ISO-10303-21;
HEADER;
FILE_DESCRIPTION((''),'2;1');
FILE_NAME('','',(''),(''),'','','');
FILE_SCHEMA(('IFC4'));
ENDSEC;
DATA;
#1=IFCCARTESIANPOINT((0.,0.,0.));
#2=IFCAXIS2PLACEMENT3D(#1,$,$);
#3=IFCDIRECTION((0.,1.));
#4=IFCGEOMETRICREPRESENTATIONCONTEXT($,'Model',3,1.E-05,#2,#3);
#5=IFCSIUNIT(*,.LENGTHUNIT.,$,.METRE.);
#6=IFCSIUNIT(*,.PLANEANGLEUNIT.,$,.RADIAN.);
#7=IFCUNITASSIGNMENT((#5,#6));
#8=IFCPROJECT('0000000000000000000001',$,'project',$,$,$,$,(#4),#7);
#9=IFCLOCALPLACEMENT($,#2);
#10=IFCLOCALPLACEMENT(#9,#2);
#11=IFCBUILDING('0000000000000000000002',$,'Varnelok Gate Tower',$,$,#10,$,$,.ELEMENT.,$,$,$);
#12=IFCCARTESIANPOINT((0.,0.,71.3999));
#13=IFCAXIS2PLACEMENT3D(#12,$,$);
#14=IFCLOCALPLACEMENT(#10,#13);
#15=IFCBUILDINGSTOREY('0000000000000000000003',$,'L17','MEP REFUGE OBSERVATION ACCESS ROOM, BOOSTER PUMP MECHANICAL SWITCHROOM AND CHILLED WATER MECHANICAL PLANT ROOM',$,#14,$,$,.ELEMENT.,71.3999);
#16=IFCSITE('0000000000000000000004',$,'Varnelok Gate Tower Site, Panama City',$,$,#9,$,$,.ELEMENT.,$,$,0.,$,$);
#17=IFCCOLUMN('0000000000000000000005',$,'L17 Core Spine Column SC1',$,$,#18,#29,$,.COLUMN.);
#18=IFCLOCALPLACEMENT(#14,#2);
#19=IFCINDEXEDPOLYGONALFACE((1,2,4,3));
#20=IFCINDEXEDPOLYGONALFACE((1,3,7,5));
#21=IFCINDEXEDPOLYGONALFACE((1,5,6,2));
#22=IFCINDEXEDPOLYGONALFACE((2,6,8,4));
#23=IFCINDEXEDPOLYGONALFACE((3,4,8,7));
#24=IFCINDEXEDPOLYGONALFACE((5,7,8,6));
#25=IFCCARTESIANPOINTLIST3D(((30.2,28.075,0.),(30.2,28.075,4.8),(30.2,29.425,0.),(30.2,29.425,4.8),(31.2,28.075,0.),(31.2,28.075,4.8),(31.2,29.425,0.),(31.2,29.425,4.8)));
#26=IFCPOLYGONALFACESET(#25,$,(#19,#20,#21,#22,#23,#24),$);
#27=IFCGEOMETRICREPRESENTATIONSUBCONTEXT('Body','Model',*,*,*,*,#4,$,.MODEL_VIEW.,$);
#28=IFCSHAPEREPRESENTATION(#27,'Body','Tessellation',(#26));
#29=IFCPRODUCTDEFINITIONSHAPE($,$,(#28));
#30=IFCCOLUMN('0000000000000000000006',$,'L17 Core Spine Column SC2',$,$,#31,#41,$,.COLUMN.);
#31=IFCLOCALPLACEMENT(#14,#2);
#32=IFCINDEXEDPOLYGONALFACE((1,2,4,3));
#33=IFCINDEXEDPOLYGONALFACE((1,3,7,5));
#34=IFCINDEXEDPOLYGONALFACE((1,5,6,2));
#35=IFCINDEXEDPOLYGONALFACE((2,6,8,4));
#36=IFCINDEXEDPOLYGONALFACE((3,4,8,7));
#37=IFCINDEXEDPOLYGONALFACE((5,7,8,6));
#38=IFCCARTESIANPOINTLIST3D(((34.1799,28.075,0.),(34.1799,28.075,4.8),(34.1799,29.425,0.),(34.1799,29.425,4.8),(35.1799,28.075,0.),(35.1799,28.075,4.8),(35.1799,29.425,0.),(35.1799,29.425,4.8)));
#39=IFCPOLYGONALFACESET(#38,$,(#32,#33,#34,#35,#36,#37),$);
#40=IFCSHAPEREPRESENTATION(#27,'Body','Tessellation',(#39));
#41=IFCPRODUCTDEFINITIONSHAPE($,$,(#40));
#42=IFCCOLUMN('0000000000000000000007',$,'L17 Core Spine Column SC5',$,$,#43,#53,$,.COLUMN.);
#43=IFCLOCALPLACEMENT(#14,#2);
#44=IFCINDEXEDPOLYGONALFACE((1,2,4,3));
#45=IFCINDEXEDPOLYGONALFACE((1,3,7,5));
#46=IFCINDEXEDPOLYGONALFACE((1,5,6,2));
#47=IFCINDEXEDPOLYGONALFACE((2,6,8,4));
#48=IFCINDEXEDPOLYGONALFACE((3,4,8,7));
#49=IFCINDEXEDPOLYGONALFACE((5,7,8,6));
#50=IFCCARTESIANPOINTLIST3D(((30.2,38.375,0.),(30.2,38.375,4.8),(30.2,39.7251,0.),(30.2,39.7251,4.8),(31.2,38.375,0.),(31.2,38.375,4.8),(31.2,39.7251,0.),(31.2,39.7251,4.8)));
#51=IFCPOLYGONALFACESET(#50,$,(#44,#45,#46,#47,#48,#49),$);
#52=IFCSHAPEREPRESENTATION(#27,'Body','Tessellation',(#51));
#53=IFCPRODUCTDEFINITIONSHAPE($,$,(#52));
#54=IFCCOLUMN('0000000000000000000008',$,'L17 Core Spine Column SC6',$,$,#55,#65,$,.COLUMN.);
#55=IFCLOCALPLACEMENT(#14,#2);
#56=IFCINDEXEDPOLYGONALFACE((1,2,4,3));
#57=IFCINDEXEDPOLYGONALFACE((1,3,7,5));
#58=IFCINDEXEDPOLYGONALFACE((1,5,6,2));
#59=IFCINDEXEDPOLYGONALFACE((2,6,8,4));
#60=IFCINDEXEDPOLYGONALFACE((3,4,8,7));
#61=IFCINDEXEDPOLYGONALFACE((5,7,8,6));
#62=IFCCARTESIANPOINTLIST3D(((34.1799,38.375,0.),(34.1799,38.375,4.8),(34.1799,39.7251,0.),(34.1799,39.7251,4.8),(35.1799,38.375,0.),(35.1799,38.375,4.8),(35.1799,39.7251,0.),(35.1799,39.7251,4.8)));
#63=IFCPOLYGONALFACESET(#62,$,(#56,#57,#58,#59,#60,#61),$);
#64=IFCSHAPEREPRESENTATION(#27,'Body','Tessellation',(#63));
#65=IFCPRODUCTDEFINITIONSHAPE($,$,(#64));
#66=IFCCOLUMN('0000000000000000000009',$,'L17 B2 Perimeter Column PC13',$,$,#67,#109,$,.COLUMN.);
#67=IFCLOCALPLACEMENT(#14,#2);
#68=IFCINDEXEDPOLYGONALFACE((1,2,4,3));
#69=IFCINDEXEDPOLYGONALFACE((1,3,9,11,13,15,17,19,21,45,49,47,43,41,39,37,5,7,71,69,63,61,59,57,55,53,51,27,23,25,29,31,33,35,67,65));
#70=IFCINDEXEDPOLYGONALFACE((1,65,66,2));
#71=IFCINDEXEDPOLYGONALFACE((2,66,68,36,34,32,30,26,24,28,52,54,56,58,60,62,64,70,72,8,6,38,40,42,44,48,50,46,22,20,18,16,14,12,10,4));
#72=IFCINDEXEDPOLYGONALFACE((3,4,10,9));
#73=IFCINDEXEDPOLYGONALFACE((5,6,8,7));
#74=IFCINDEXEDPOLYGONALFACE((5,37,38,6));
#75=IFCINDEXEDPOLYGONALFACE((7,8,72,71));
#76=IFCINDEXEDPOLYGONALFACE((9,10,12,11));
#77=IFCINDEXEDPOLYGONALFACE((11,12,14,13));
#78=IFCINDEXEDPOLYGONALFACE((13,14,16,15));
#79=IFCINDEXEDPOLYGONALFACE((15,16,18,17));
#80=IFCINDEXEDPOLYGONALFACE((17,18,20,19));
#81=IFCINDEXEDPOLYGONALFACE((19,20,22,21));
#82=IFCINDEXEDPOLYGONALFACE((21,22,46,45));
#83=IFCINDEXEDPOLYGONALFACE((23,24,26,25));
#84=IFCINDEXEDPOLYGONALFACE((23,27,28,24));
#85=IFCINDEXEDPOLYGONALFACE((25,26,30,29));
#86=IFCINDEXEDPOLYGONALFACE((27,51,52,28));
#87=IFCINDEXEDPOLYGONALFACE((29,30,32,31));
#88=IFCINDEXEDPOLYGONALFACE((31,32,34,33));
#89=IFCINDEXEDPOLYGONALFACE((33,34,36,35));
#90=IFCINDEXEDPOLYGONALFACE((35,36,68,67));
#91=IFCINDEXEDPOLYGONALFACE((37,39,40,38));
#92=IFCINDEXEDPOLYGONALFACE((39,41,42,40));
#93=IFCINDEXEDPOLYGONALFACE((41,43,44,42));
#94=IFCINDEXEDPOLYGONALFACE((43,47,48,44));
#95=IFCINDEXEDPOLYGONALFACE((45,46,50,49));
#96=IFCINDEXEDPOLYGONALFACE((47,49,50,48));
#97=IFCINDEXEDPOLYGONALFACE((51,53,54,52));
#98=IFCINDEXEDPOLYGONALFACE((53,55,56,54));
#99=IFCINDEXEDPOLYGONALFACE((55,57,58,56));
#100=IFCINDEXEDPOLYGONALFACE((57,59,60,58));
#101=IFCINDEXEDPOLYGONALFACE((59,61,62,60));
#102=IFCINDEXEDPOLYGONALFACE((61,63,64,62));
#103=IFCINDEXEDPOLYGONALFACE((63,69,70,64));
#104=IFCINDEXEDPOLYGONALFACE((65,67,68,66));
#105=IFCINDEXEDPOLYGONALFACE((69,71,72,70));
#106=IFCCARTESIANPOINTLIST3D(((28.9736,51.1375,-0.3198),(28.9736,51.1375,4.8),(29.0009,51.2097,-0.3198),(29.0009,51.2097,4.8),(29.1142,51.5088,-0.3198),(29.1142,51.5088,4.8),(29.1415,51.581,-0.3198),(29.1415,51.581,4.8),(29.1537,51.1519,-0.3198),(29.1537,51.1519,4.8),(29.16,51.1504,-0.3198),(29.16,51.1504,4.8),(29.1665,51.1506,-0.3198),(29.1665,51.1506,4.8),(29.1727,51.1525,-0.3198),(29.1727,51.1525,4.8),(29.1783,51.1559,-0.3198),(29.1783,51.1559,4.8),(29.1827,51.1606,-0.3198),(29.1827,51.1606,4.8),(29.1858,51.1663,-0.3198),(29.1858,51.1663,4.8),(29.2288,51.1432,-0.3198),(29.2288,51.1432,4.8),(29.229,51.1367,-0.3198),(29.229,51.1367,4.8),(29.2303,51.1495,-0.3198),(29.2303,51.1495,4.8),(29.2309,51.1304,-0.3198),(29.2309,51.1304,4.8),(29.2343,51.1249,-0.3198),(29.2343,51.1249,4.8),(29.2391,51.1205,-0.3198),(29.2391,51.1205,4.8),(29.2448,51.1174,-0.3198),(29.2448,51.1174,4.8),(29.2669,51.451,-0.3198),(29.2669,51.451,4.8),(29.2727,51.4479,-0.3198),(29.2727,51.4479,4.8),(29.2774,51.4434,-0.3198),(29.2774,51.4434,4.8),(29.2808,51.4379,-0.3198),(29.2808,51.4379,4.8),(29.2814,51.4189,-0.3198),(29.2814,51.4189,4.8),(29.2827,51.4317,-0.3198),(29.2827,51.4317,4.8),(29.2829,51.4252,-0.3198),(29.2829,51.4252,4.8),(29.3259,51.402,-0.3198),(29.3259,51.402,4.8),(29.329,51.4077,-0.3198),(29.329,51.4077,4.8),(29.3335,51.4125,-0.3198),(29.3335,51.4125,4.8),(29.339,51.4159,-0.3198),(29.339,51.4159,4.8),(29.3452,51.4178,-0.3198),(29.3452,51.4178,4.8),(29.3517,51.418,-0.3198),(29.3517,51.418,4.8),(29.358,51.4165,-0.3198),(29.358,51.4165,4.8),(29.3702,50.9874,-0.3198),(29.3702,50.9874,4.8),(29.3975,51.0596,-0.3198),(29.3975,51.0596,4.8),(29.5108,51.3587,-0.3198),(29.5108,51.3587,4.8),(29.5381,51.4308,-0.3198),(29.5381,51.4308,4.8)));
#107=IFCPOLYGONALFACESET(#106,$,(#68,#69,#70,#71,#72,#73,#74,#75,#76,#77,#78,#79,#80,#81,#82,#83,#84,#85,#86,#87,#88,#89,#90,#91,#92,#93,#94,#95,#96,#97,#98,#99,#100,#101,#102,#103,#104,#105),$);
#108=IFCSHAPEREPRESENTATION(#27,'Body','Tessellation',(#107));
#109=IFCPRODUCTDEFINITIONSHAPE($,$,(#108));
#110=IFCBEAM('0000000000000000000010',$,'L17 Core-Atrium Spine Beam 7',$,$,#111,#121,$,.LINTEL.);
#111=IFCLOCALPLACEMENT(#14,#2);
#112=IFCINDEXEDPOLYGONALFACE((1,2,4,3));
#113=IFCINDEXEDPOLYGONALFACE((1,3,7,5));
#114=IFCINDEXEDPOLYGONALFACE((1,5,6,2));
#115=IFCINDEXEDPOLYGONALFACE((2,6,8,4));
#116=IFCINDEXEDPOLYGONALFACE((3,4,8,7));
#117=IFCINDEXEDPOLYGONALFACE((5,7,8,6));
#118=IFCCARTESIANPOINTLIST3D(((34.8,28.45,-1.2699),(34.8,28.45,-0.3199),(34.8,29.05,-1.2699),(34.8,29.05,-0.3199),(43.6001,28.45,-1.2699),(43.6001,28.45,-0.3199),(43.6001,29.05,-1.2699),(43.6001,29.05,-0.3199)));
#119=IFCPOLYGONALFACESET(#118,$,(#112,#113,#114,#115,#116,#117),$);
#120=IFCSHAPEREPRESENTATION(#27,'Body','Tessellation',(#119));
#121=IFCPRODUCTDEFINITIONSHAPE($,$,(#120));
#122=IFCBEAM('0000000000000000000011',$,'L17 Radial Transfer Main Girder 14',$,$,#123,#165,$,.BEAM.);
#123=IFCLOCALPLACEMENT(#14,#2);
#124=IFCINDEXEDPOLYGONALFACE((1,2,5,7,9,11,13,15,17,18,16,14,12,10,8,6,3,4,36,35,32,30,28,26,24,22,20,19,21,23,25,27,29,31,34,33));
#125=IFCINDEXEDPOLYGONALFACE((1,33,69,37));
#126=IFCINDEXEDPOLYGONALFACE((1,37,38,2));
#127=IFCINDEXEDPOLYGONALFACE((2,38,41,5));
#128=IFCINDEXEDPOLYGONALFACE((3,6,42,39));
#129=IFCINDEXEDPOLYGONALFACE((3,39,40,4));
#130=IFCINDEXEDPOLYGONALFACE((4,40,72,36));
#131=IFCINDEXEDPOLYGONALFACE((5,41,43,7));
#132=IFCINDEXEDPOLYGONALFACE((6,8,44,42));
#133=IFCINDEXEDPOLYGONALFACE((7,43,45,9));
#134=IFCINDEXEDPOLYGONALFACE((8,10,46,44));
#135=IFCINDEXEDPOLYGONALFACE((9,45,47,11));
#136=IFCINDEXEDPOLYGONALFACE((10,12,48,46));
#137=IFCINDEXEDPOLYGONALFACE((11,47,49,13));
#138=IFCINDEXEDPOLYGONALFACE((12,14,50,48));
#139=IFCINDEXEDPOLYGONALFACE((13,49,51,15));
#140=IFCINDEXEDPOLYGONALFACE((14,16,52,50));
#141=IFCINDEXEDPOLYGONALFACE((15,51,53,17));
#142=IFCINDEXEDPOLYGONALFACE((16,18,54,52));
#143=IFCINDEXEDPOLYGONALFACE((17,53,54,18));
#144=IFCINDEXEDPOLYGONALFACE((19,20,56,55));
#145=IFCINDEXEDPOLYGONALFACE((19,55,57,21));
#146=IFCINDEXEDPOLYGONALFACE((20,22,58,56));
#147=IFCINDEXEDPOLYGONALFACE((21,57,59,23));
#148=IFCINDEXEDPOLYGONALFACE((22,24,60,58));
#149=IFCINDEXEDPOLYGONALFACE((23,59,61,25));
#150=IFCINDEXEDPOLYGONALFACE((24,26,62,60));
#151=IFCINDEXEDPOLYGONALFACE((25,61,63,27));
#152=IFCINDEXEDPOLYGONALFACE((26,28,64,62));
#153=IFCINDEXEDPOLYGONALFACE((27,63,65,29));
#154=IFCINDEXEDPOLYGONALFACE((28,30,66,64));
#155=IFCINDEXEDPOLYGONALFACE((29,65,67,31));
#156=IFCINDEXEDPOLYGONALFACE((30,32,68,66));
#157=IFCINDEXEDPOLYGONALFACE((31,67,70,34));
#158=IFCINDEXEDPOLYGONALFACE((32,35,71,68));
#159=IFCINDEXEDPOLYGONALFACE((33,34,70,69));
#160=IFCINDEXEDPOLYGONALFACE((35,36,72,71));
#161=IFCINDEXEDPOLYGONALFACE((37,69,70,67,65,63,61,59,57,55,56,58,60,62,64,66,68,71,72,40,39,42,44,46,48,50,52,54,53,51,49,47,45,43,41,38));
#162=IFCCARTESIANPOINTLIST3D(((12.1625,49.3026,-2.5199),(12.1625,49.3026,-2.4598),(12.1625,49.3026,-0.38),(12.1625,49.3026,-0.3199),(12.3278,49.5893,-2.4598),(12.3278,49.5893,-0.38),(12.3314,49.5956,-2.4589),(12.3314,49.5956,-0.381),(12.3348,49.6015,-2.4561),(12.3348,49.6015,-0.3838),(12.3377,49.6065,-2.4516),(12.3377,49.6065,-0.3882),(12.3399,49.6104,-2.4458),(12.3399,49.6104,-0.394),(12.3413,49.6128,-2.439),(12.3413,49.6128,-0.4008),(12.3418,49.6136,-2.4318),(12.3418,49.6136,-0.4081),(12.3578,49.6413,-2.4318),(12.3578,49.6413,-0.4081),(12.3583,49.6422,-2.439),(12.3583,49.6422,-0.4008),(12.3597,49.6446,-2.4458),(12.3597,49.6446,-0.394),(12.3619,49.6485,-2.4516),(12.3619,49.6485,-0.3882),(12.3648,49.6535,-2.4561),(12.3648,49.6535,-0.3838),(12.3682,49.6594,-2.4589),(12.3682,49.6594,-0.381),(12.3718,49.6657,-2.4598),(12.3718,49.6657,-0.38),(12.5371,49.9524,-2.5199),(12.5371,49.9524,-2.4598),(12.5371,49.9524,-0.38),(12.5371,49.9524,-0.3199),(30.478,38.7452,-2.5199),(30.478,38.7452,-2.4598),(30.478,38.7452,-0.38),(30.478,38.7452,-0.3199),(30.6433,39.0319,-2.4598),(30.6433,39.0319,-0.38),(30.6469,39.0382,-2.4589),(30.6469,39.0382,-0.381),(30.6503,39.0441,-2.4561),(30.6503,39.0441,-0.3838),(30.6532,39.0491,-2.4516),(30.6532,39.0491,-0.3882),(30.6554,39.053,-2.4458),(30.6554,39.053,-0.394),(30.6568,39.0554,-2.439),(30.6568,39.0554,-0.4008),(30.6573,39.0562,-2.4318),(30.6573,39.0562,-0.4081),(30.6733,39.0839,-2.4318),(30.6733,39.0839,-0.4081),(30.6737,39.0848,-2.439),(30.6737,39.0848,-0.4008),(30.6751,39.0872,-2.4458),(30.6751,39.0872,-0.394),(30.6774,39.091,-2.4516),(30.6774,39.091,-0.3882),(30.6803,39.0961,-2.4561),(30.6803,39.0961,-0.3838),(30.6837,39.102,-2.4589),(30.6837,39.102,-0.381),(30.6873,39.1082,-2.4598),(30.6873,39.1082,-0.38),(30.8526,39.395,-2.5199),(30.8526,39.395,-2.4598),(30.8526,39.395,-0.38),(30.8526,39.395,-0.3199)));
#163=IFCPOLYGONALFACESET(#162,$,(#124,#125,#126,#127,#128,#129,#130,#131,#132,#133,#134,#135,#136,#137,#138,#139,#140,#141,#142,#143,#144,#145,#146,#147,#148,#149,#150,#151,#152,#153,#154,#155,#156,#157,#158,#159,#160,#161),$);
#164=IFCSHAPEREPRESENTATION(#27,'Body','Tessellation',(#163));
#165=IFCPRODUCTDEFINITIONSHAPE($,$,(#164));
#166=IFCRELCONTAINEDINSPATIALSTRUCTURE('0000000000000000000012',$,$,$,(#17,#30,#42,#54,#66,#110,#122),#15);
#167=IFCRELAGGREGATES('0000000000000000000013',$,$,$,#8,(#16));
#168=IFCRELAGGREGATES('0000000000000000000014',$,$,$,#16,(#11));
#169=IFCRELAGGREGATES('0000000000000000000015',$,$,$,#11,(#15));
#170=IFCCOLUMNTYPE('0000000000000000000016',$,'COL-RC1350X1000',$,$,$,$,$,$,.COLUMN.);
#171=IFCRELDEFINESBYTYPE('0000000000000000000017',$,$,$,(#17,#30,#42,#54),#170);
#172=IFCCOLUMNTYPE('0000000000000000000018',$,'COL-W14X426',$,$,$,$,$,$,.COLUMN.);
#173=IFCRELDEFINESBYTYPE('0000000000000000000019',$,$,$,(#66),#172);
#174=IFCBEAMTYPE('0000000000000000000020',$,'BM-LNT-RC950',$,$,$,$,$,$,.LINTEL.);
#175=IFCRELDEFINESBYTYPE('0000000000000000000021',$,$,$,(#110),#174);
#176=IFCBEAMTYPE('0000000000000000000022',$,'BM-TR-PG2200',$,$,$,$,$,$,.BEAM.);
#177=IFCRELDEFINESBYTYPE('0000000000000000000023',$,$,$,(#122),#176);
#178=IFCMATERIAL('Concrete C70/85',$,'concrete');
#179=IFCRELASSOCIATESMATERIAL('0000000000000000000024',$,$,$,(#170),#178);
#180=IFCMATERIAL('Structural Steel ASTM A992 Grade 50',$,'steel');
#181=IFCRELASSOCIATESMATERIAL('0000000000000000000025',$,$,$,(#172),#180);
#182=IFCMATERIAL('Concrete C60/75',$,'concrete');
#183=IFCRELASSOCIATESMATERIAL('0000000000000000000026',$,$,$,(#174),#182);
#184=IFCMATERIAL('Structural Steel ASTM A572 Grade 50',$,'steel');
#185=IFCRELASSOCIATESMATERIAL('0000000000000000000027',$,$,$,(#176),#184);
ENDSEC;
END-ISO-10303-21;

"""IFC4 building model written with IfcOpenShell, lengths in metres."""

from ifc_helpers import new_model, si_unit, direction, frame, origin, origin_2d, place, context, subcontext, project, spatial, rectangle, i_section, extrude, material, material_profile, profile_set, type_object, element, save


model = new_model("IFC4")

# Units and contexts
model_context = context("Model", 3, precision=1e-05, world=origin(), true_north=direction((0.0, 1.0)))
body_context = subcontext(model_context, "Body", "Model", "MODEL_VIEW")
ifc_project = project(units=[si_unit("LENGTHUNIT", "METRE"), si_unit("PLANEANGLEUNIT", "RADIAN")], contexts=[model_context])

# Site, building, storey
site_placement = place(None, origin())
site = spatial("IfcSite", under=ifc_project, at=site_placement, Name="Varnelok Gate Tower Site, Panama City", CompositionType="ELEMENT", RefElevation=0.0)
building_placement = place(site_placement, origin())
building = spatial("IfcBuilding", under=site, at=building_placement, Name="Varnelok Gate Tower", CompositionType="ELEMENT")
storey_placement = place(building_placement, frame((0.0, 0.0, 71.3999)))
storey = spatial("IfcBuildingStorey", under=building, at=storey_placement, Name="L17", Description="MEP REFUGE OBSERVATION ACCESS ROOM, BOOSTER PUMP MECHANICAL SWITCHROOM AND CHILLED WATER MECHANICAL PLANT ROOM", CompositionType="ELEMENT", Elevation=71.3999)

# Columns
ifc_material_1 = material(Name="Concrete C70/85", Category="concrete")
ifc_material_profile_1 = material_profile(ifc_material_1, rectangle(XDim=1.0, YDim=1.3501, at=origin_2d()), Name="RC1350X1000")
ifc_profile_set_1 = profile_set([ifc_material_profile_1], Name="Concrete C70/85")
column_type_1 = type_object("IfcColumnType", Name="COL-RC1350X1000", PredefinedType="COLUMN", material=ifc_profile_set_1)
for number, where, z_axis, x_axis, name in (
    (1, (30.7, 28.75, 0.0), (0.0, 0.0, 1.0), (1.0, 0.0, 0.0), "L17 Core Spine Column SC1"),
    (2, (34.6799, 28.75, 0.0), (0.0, 0.0, 1.0), (1.0, 0.0, 0.0), "L17 Core Spine Column SC2"),
    (3, (30.7, 39.05, 0.0), (0.0, 0.0, 1.0), (1.0, 0.0, 0.0), "L17 Core Spine Column SC5"),
    (4, (34.6799, 39.05, 0.0), (0.0, 0.0, 1.0), (1.0, 0.0, 0.0), "L17 Core Spine Column SC6"),
):
    element("IfcColumn", number, at=place(storey_placement, frame(where, z_axis=z_axis, x_axis=x_axis)), inside=storey, type_object=column_type_1, Name=name, PredefinedType="COLUMN", context=body_context, shape_type="SweptSolid", body=[
        extrude(rectangle(XDim=1.0, YDim=1.3501, at=origin_2d()), origin(), (0.0, 0.0, 1.0), 4.8),
    ])
ifc_material_2 = material(Name="Structural Steel ASTM A992 Grade 50", Category="steel")
ifc_material_profile_2 = material_profile(ifc_material_2, i_section(OverallWidth=0.4241, OverallDepth=0.4741, WebThickness=0.0476, FlangeThickness=0.0771, FilletRadius=0.0249, at=origin_2d()), Name="W14X426")
ifc_profile_set_2 = profile_set([ifc_material_profile_2], Name="Structural Steel ASTM A992 Grade 50")
column_type_2 = type_object("IfcColumnType", Name="COL-W14X426", PredefinedType="COLUMN", material=ifc_profile_set_2)
column_placement = place(storey_placement, frame((29.2559, 51.2842, -0.3198), z_axis=(0.0, 0.0, 1.0), x_axis=(0.935222, -0.354063, 0.0)))
element("IfcColumn", 5, at=column_placement, inside=storey, type_object=column_type_2, Name="L17 B2 Perimeter Column PC13", PredefinedType="COLUMN", context=body_context, shape_type="SweptSolid", body=[
    extrude(i_section(OverallWidth=0.4241, OverallDepth=0.4741, WebThickness=0.0476, FlangeThickness=0.0771, FilletRadius=0.0249, at=origin_2d()), origin(), (0.0, 0.0, 1.0), 5.1199),
])

# Beams
ifc_material_3 = material(Name="Concrete C60/75", Category="concrete")
ifc_material_profile_3 = material_profile(ifc_material_3, rectangle(XDim=0.6001, YDim=0.95, at=origin_2d()), Name="RC950X600")
ifc_profile_set_3 = profile_set([ifc_material_profile_3], Name="Concrete C60/75")
beam_type_1 = type_object("IfcBeamType", Name="BM-LNT-RC950", PredefinedType="LINTEL", material=ifc_profile_set_3)
beam_1_placement = place(storey_placement, frame((34.8, 28.75, -0.7949), z_axis=(1.0, 0.0, 0.0), x_axis=(0.0, 1.0, 0.0)))
element("IfcBeam", 6, at=beam_1_placement, inside=storey, type_object=beam_type_1, Name="L17 Core-Atrium Spine Beam 7", PredefinedType="LINTEL", context=body_context, shape_type="SweptSolid", body=[
    extrude(rectangle(XDim=0.6001, YDim=0.95, at=origin_2d()), origin(), (0.0, 0.0, 1.0), 8.8),
])
ifc_material_4 = material(Name="Structural Steel ASTM A572 Grade 50", Category="steel")
ifc_material_profile_4 = material_profile(ifc_material_4, i_section(OverallWidth=0.75, OverallDepth=2.2, WebThickness=0.032, FlangeThickness=0.0601, FilletRadius=0.0281, at=origin_2d()), Name="PG2200X750")
ifc_profile_set_4 = profile_set([ifc_material_profile_4], Name="Structural Steel ASTM A572 Grade 50")
beam_type_2 = type_object("IfcBeamType", Name="BM-TR-PG2200", PredefinedType="BEAM", material=ifc_profile_set_4)
beam_2_placement = place(storey_placement, frame((30.6653, 39.0701, -1.4199), z_axis=(-0.866374, 0.499395, 0.0), x_axis=(-0.499395, -0.866374, 0.0)))
element("IfcBeam", 7, at=beam_2_placement, inside=storey, type_object=beam_type_2, Name="L17 Radial Transfer Main Girder 14", PredefinedType="BEAM", context=body_context, shape_type="SweptSolid", body=[
    extrude(i_section(OverallWidth=0.75, OverallDepth=2.2, WebThickness=0.032, FlangeThickness=0.0601, FilletRadius=0.0281, at=origin_2d()), origin(), (0.0, 0.0, 1.0), 21.1404),
])

save(model, "model.ifc")
